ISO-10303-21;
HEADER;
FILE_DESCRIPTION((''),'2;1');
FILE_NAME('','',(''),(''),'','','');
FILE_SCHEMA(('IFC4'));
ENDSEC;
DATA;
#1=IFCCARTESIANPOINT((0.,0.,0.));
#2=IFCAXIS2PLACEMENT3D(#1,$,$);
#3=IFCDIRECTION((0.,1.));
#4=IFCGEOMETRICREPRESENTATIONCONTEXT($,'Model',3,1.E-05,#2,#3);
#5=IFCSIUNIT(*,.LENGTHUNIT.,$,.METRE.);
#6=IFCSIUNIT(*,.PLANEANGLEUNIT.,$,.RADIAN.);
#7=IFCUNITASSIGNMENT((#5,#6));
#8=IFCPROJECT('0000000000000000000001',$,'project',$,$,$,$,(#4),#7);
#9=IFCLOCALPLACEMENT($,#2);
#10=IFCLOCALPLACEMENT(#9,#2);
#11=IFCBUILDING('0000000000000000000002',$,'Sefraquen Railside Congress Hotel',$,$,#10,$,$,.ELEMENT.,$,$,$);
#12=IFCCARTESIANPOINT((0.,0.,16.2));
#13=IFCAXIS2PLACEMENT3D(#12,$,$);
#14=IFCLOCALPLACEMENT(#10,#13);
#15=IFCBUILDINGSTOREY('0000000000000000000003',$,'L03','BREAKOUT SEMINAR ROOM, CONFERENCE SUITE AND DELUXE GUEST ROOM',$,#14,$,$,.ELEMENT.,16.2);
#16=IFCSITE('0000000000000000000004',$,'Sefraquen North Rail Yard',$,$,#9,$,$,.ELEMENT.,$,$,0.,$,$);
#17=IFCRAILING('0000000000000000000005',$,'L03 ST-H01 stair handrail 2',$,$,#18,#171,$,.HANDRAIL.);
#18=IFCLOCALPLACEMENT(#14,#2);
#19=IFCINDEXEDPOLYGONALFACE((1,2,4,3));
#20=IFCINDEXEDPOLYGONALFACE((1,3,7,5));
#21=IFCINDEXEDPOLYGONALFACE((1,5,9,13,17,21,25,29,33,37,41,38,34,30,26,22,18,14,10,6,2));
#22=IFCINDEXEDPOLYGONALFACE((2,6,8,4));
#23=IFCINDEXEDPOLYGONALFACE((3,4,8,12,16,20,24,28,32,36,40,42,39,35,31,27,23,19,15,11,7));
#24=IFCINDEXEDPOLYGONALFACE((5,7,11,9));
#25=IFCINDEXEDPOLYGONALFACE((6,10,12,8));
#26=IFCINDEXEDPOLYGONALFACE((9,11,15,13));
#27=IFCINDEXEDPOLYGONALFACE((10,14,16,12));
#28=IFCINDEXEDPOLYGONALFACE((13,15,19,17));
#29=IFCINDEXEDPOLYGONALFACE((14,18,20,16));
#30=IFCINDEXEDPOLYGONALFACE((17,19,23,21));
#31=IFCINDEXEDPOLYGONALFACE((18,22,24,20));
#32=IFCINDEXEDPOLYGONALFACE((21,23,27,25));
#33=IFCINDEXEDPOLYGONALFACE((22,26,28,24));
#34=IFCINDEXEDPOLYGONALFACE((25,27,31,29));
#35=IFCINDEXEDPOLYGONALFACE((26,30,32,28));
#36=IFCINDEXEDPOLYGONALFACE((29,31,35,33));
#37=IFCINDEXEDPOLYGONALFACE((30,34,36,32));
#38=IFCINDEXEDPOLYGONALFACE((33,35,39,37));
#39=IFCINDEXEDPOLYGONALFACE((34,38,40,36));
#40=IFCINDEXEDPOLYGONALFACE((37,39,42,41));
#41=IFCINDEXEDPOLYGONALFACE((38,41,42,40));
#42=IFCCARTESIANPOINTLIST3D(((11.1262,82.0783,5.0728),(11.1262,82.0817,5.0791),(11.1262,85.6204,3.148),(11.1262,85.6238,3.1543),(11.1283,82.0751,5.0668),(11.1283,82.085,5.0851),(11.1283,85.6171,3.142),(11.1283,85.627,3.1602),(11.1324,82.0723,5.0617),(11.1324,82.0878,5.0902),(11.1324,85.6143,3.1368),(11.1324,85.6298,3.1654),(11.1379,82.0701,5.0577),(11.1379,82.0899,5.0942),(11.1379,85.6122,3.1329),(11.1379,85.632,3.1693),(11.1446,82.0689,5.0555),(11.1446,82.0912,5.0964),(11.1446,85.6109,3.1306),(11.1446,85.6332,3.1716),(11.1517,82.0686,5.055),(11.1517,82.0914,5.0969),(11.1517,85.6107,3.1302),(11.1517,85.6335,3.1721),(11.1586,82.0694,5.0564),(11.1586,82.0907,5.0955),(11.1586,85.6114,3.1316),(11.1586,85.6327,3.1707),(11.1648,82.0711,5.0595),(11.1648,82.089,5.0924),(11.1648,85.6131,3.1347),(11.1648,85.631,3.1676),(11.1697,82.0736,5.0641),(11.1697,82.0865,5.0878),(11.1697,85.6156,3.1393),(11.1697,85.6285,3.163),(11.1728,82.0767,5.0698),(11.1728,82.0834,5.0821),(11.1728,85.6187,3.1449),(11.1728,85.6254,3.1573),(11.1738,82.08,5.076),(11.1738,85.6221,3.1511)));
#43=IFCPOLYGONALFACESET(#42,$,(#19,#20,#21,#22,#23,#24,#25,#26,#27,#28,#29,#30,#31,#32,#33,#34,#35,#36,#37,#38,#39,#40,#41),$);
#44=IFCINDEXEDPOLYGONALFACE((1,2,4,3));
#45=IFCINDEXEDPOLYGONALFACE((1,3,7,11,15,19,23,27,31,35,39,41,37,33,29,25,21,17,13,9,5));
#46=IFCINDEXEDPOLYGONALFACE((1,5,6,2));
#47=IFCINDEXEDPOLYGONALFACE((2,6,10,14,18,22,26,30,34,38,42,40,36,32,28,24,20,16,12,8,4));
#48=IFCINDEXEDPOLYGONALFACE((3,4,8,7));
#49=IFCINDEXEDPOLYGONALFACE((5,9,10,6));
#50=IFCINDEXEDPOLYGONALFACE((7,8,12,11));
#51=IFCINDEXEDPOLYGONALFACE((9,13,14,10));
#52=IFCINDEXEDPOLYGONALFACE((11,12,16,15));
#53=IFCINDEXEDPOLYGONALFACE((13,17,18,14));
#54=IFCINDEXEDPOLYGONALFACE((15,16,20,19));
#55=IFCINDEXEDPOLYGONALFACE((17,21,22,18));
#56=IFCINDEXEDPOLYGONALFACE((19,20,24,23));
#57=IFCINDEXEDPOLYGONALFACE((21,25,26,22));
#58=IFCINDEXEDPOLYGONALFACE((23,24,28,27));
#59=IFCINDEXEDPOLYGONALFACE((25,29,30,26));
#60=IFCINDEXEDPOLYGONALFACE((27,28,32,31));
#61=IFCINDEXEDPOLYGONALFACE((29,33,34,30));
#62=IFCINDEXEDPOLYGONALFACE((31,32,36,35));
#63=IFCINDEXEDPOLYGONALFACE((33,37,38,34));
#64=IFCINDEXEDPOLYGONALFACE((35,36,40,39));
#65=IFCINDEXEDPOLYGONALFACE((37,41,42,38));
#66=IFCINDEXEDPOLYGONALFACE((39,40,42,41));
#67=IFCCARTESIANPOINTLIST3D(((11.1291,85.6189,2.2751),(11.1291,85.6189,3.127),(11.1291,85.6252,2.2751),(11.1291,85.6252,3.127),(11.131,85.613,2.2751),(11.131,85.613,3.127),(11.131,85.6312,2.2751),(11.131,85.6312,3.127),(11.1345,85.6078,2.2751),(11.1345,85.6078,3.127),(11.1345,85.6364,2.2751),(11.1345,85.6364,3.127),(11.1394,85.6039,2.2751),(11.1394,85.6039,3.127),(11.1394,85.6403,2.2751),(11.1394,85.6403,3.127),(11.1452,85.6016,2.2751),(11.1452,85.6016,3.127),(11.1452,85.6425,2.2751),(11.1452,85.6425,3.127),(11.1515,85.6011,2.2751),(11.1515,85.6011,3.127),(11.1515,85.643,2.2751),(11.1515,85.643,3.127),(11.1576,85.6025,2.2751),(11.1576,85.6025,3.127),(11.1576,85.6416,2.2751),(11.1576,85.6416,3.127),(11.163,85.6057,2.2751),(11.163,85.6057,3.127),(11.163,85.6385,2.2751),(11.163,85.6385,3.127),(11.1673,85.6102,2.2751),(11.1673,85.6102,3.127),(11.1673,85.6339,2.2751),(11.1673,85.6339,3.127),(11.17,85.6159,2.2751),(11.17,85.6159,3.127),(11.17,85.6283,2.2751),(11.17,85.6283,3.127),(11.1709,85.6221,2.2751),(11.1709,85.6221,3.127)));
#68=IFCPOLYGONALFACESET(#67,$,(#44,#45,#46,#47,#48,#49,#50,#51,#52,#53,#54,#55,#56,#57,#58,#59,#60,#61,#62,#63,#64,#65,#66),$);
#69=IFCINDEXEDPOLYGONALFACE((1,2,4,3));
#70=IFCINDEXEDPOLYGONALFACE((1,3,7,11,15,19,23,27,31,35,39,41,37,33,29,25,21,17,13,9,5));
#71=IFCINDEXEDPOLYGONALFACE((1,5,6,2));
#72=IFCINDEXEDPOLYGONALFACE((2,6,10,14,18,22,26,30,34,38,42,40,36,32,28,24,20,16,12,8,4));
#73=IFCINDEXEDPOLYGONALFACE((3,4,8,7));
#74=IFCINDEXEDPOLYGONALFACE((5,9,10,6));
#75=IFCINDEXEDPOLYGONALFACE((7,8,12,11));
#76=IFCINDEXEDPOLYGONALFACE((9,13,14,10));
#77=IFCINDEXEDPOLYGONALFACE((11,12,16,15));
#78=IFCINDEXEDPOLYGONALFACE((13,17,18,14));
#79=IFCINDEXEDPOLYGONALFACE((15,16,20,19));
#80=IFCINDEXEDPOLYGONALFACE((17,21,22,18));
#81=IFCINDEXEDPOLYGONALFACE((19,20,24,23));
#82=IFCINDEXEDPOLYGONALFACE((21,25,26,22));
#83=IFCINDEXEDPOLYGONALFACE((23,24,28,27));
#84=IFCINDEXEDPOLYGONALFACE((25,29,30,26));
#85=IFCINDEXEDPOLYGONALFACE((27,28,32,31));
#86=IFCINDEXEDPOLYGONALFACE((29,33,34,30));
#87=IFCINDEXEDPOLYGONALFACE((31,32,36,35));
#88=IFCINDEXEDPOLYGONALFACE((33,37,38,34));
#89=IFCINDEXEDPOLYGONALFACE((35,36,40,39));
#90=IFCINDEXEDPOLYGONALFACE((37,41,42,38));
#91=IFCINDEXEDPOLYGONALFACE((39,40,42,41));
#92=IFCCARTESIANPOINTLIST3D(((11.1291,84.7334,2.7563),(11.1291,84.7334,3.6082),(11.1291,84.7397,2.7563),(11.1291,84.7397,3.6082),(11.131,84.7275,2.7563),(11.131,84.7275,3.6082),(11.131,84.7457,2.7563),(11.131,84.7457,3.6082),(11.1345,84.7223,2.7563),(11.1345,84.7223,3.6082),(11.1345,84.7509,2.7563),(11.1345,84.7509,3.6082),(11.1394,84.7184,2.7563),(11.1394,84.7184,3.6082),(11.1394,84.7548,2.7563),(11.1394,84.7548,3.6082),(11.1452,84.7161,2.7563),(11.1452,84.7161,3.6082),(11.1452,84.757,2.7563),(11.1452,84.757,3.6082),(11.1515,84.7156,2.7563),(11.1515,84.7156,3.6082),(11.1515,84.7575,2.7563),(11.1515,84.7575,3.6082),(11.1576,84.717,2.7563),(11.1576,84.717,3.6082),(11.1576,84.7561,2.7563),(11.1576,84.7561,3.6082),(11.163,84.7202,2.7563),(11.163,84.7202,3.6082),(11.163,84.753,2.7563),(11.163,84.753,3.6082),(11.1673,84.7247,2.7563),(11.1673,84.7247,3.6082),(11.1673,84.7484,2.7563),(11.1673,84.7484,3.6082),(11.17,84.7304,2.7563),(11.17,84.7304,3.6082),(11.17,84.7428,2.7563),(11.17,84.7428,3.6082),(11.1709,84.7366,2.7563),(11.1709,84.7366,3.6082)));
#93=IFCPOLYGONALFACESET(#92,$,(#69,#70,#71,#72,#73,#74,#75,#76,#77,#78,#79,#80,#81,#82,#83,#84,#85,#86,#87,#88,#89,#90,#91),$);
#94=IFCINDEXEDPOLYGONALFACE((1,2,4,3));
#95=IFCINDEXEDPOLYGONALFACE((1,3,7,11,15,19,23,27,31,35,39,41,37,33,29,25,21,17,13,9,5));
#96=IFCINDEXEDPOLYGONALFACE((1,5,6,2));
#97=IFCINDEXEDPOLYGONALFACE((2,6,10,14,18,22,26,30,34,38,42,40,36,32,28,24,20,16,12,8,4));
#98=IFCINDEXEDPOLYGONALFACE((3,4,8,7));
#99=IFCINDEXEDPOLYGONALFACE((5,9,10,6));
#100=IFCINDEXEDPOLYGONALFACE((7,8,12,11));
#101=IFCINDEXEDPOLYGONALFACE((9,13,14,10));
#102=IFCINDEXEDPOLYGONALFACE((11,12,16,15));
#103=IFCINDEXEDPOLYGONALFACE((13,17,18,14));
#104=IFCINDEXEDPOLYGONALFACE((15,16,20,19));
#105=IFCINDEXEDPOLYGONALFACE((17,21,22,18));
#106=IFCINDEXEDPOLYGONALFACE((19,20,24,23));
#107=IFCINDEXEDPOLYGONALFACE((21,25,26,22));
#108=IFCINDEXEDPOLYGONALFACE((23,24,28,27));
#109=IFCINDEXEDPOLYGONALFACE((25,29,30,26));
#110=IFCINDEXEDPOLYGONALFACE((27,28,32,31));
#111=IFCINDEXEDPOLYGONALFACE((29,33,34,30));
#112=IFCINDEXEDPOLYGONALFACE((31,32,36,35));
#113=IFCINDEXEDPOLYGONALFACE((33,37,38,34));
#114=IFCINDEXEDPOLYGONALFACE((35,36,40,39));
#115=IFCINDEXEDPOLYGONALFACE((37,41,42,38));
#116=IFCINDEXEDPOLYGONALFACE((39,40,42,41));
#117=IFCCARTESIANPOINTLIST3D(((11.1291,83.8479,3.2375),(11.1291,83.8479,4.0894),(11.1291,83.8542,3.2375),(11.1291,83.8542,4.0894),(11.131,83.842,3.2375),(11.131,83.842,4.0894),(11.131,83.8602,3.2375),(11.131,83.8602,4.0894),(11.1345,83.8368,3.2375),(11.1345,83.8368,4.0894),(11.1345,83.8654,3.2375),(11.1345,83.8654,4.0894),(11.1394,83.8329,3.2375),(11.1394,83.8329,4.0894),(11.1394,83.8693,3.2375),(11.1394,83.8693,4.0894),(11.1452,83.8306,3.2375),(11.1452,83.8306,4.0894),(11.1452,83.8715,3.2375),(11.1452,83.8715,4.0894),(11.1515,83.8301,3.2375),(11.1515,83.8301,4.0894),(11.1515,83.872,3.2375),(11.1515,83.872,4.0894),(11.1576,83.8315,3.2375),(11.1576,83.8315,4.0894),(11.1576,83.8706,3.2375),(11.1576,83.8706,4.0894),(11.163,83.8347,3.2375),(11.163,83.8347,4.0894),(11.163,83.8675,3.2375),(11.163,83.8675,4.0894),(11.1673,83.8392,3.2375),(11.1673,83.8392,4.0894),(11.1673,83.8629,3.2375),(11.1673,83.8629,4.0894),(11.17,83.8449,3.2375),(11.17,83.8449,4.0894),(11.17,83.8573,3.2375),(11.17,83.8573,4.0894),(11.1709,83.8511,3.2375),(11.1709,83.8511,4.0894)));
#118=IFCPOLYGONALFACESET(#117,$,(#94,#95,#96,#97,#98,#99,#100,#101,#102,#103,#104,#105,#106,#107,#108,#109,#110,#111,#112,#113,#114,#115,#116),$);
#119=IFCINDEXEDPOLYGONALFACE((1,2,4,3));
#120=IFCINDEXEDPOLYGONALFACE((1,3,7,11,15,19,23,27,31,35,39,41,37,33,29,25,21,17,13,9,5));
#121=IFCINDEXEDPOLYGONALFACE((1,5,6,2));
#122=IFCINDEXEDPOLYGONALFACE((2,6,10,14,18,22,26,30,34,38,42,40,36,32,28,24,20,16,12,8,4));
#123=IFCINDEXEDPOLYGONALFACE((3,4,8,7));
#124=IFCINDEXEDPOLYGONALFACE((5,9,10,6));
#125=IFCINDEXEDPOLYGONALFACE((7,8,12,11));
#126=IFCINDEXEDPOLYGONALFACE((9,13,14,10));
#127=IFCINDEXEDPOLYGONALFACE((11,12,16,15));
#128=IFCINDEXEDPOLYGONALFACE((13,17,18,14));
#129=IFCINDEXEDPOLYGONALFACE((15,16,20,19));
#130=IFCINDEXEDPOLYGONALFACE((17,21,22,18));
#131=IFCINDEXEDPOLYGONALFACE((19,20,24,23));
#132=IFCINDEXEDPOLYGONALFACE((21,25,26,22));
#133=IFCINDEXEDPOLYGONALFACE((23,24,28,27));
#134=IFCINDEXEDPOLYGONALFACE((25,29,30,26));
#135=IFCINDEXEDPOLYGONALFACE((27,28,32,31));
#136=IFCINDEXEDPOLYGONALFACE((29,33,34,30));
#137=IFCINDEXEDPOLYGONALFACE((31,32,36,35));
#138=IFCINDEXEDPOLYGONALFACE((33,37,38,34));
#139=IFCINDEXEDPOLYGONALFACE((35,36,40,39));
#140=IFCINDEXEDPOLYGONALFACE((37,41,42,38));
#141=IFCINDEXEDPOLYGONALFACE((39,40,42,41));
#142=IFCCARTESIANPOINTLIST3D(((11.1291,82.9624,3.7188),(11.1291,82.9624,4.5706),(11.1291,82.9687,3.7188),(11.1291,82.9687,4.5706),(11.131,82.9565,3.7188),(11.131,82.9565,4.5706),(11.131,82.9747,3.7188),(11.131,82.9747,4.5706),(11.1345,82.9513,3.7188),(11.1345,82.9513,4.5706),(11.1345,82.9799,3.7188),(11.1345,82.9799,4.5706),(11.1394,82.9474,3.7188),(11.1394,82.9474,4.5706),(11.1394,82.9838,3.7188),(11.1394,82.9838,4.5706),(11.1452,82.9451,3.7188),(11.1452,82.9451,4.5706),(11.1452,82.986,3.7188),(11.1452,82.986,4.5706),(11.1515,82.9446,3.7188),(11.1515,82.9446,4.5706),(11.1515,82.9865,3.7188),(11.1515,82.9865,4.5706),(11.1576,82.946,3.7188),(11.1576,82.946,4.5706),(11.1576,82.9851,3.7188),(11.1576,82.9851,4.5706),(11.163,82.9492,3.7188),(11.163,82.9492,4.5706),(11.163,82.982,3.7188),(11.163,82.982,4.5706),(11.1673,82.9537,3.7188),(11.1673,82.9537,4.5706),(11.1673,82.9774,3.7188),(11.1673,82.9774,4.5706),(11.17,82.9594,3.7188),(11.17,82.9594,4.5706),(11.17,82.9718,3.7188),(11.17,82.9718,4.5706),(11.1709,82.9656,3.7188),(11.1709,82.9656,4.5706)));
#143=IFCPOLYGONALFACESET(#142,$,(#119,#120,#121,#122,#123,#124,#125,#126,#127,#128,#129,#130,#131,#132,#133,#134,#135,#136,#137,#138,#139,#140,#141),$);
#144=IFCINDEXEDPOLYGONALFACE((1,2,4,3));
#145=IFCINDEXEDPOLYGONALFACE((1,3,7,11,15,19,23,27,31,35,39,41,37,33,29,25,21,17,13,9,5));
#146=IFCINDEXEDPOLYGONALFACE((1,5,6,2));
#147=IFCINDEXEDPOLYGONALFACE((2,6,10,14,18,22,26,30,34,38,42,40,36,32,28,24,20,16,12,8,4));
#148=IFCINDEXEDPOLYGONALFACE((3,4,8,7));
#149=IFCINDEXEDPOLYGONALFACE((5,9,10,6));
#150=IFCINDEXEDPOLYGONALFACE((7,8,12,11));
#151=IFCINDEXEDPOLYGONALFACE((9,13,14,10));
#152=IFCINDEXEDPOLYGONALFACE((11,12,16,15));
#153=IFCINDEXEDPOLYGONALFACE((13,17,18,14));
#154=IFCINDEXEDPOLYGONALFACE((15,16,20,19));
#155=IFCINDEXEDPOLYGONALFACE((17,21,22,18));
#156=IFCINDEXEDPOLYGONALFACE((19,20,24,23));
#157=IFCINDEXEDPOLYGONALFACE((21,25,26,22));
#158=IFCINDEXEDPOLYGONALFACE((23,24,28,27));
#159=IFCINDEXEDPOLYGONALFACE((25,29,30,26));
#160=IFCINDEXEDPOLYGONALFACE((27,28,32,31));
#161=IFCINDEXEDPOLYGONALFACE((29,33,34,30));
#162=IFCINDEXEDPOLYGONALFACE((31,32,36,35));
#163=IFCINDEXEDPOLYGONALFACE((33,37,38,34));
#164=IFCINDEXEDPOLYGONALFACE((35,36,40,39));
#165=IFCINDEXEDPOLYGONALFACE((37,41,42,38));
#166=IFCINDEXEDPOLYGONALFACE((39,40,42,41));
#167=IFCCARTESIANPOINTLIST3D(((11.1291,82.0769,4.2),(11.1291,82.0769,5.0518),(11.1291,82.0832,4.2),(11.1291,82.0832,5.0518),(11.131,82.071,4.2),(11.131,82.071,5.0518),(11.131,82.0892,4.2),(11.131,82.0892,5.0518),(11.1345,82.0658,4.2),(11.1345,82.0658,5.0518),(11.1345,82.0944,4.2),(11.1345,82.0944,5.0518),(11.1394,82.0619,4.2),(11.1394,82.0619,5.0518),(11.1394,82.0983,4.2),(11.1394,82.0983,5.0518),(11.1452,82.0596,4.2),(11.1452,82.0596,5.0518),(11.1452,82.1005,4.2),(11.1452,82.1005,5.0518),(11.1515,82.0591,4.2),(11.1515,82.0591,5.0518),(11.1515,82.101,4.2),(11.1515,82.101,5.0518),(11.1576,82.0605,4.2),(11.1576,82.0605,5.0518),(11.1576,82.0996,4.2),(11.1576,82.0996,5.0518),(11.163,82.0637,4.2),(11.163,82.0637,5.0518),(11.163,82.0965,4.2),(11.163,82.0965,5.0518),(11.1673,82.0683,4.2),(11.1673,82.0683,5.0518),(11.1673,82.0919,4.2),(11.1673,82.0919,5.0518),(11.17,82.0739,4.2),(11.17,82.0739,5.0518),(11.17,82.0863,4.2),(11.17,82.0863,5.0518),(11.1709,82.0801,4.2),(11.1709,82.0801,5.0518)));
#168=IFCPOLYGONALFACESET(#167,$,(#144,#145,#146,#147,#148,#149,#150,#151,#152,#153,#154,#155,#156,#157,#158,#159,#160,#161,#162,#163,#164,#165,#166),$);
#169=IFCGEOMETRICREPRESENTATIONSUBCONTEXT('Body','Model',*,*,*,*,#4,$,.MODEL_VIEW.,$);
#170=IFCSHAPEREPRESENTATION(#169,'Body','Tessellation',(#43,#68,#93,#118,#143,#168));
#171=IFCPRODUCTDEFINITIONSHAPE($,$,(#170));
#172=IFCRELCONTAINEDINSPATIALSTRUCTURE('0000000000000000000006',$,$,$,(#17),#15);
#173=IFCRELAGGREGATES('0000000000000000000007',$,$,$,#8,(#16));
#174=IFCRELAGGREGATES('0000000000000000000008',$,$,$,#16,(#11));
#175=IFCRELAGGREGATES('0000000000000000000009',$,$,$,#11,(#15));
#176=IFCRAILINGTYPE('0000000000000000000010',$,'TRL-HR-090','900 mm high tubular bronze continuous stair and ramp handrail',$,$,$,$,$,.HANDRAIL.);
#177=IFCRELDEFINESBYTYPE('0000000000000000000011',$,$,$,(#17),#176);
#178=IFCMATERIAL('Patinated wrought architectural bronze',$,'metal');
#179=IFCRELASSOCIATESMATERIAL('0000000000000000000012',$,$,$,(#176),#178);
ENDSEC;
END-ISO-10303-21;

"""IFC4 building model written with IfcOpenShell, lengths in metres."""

from ifc_helpers import new_model, si_unit, direction, frame, origin, origin_2d, place, context, subcontext, project, spatial, circle, extrude, material, type_object, element, save


model = new_model("IFC4")

# Units and contexts
model_context = context("Model", 3, precision=1e-05, world=origin(), true_north=direction((0.0, 1.0)))
body_context = subcontext(model_context, "Body", "Model", "MODEL_VIEW")
ifc_project = project(units=[si_unit("LENGTHUNIT", "METRE"), si_unit("PLANEANGLEUNIT", "RADIAN")], contexts=[model_context])

# Site, building, storey
site_placement = place(None, origin())
site = spatial("IfcSite", under=ifc_project, at=site_placement, Name="Sefraquen North Rail Yard", CompositionType="ELEMENT", RefElevation=0.0)
building_placement = place(site_placement, origin())
building = spatial("IfcBuilding", under=site, at=building_placement, Name="Sefraquen Railside Congress Hotel", CompositionType="ELEMENT")
storey_placement = place(building_placement, frame((0.0, 0.0, 16.2)))
storey = spatial("IfcBuildingStorey", under=building, at=storey_placement, Name="L03", Description="BREAKOUT SEMINAR ROOM, CONFERENCE SUITE AND DELUXE GUEST ROOM", CompositionType="ELEMENT", Elevation=16.2)

# Railing
ifc_material_1 = material(Name="Patinated wrought architectural bronze", Category="metal")
railing_type_1 = type_object("IfcRailingType", Name="TRL-HR-090", Description="900 mm high tubular bronze continuous stair and ramp handrail", PredefinedType="HANDRAIL", material=ifc_material_1)
railing_1_placement = place(storey_placement, frame((11.1499, 85.6221, 2.2751)))
element("IfcRailing", 1, at=railing_1_placement, inside=storey, type_object=railing_type_1, Name="L03 ST-H01 stair handrail 2", PredefinedType="HANDRAIL", context=body_context, shape_type="SweptSolid", body=[
    extrude(circle(Radius=0.0239, at=origin_2d()), frame((0.0, 0.0, 0.876), z_axis=(0.0, -0.878644, 0.477477), x_axis=(1.0, 0.0, 0.0)), (0.0, 0.0, 1.0), 4.0312),
    extrude(circle(Radius=0.021, at=origin_2d()), origin(), (0.0, 0.0, 1.0), 0.8518),
    extrude(circle(Radius=0.021, at=origin_2d()), frame((0.0, -0.8855, 0.4812)), (0.0, 0.0, 1.0), 0.8518),
    extrude(circle(Radius=0.021, at=origin_2d()), frame((0.0, -1.771, 0.9624)), (0.0, 0.0, 1.0), 0.8518),
    extrude(circle(Radius=0.021, at=origin_2d()), frame((0.0, -2.6565, 1.4436)), (0.0, 0.0, 1.0), 0.8518),
    extrude(circle(Radius=0.021, at=origin_2d()), frame((0.0, -3.542, 1.9248)), (0.0, 0.0, 1.0), 0.8518),
])

save(model, "model.ifc")
